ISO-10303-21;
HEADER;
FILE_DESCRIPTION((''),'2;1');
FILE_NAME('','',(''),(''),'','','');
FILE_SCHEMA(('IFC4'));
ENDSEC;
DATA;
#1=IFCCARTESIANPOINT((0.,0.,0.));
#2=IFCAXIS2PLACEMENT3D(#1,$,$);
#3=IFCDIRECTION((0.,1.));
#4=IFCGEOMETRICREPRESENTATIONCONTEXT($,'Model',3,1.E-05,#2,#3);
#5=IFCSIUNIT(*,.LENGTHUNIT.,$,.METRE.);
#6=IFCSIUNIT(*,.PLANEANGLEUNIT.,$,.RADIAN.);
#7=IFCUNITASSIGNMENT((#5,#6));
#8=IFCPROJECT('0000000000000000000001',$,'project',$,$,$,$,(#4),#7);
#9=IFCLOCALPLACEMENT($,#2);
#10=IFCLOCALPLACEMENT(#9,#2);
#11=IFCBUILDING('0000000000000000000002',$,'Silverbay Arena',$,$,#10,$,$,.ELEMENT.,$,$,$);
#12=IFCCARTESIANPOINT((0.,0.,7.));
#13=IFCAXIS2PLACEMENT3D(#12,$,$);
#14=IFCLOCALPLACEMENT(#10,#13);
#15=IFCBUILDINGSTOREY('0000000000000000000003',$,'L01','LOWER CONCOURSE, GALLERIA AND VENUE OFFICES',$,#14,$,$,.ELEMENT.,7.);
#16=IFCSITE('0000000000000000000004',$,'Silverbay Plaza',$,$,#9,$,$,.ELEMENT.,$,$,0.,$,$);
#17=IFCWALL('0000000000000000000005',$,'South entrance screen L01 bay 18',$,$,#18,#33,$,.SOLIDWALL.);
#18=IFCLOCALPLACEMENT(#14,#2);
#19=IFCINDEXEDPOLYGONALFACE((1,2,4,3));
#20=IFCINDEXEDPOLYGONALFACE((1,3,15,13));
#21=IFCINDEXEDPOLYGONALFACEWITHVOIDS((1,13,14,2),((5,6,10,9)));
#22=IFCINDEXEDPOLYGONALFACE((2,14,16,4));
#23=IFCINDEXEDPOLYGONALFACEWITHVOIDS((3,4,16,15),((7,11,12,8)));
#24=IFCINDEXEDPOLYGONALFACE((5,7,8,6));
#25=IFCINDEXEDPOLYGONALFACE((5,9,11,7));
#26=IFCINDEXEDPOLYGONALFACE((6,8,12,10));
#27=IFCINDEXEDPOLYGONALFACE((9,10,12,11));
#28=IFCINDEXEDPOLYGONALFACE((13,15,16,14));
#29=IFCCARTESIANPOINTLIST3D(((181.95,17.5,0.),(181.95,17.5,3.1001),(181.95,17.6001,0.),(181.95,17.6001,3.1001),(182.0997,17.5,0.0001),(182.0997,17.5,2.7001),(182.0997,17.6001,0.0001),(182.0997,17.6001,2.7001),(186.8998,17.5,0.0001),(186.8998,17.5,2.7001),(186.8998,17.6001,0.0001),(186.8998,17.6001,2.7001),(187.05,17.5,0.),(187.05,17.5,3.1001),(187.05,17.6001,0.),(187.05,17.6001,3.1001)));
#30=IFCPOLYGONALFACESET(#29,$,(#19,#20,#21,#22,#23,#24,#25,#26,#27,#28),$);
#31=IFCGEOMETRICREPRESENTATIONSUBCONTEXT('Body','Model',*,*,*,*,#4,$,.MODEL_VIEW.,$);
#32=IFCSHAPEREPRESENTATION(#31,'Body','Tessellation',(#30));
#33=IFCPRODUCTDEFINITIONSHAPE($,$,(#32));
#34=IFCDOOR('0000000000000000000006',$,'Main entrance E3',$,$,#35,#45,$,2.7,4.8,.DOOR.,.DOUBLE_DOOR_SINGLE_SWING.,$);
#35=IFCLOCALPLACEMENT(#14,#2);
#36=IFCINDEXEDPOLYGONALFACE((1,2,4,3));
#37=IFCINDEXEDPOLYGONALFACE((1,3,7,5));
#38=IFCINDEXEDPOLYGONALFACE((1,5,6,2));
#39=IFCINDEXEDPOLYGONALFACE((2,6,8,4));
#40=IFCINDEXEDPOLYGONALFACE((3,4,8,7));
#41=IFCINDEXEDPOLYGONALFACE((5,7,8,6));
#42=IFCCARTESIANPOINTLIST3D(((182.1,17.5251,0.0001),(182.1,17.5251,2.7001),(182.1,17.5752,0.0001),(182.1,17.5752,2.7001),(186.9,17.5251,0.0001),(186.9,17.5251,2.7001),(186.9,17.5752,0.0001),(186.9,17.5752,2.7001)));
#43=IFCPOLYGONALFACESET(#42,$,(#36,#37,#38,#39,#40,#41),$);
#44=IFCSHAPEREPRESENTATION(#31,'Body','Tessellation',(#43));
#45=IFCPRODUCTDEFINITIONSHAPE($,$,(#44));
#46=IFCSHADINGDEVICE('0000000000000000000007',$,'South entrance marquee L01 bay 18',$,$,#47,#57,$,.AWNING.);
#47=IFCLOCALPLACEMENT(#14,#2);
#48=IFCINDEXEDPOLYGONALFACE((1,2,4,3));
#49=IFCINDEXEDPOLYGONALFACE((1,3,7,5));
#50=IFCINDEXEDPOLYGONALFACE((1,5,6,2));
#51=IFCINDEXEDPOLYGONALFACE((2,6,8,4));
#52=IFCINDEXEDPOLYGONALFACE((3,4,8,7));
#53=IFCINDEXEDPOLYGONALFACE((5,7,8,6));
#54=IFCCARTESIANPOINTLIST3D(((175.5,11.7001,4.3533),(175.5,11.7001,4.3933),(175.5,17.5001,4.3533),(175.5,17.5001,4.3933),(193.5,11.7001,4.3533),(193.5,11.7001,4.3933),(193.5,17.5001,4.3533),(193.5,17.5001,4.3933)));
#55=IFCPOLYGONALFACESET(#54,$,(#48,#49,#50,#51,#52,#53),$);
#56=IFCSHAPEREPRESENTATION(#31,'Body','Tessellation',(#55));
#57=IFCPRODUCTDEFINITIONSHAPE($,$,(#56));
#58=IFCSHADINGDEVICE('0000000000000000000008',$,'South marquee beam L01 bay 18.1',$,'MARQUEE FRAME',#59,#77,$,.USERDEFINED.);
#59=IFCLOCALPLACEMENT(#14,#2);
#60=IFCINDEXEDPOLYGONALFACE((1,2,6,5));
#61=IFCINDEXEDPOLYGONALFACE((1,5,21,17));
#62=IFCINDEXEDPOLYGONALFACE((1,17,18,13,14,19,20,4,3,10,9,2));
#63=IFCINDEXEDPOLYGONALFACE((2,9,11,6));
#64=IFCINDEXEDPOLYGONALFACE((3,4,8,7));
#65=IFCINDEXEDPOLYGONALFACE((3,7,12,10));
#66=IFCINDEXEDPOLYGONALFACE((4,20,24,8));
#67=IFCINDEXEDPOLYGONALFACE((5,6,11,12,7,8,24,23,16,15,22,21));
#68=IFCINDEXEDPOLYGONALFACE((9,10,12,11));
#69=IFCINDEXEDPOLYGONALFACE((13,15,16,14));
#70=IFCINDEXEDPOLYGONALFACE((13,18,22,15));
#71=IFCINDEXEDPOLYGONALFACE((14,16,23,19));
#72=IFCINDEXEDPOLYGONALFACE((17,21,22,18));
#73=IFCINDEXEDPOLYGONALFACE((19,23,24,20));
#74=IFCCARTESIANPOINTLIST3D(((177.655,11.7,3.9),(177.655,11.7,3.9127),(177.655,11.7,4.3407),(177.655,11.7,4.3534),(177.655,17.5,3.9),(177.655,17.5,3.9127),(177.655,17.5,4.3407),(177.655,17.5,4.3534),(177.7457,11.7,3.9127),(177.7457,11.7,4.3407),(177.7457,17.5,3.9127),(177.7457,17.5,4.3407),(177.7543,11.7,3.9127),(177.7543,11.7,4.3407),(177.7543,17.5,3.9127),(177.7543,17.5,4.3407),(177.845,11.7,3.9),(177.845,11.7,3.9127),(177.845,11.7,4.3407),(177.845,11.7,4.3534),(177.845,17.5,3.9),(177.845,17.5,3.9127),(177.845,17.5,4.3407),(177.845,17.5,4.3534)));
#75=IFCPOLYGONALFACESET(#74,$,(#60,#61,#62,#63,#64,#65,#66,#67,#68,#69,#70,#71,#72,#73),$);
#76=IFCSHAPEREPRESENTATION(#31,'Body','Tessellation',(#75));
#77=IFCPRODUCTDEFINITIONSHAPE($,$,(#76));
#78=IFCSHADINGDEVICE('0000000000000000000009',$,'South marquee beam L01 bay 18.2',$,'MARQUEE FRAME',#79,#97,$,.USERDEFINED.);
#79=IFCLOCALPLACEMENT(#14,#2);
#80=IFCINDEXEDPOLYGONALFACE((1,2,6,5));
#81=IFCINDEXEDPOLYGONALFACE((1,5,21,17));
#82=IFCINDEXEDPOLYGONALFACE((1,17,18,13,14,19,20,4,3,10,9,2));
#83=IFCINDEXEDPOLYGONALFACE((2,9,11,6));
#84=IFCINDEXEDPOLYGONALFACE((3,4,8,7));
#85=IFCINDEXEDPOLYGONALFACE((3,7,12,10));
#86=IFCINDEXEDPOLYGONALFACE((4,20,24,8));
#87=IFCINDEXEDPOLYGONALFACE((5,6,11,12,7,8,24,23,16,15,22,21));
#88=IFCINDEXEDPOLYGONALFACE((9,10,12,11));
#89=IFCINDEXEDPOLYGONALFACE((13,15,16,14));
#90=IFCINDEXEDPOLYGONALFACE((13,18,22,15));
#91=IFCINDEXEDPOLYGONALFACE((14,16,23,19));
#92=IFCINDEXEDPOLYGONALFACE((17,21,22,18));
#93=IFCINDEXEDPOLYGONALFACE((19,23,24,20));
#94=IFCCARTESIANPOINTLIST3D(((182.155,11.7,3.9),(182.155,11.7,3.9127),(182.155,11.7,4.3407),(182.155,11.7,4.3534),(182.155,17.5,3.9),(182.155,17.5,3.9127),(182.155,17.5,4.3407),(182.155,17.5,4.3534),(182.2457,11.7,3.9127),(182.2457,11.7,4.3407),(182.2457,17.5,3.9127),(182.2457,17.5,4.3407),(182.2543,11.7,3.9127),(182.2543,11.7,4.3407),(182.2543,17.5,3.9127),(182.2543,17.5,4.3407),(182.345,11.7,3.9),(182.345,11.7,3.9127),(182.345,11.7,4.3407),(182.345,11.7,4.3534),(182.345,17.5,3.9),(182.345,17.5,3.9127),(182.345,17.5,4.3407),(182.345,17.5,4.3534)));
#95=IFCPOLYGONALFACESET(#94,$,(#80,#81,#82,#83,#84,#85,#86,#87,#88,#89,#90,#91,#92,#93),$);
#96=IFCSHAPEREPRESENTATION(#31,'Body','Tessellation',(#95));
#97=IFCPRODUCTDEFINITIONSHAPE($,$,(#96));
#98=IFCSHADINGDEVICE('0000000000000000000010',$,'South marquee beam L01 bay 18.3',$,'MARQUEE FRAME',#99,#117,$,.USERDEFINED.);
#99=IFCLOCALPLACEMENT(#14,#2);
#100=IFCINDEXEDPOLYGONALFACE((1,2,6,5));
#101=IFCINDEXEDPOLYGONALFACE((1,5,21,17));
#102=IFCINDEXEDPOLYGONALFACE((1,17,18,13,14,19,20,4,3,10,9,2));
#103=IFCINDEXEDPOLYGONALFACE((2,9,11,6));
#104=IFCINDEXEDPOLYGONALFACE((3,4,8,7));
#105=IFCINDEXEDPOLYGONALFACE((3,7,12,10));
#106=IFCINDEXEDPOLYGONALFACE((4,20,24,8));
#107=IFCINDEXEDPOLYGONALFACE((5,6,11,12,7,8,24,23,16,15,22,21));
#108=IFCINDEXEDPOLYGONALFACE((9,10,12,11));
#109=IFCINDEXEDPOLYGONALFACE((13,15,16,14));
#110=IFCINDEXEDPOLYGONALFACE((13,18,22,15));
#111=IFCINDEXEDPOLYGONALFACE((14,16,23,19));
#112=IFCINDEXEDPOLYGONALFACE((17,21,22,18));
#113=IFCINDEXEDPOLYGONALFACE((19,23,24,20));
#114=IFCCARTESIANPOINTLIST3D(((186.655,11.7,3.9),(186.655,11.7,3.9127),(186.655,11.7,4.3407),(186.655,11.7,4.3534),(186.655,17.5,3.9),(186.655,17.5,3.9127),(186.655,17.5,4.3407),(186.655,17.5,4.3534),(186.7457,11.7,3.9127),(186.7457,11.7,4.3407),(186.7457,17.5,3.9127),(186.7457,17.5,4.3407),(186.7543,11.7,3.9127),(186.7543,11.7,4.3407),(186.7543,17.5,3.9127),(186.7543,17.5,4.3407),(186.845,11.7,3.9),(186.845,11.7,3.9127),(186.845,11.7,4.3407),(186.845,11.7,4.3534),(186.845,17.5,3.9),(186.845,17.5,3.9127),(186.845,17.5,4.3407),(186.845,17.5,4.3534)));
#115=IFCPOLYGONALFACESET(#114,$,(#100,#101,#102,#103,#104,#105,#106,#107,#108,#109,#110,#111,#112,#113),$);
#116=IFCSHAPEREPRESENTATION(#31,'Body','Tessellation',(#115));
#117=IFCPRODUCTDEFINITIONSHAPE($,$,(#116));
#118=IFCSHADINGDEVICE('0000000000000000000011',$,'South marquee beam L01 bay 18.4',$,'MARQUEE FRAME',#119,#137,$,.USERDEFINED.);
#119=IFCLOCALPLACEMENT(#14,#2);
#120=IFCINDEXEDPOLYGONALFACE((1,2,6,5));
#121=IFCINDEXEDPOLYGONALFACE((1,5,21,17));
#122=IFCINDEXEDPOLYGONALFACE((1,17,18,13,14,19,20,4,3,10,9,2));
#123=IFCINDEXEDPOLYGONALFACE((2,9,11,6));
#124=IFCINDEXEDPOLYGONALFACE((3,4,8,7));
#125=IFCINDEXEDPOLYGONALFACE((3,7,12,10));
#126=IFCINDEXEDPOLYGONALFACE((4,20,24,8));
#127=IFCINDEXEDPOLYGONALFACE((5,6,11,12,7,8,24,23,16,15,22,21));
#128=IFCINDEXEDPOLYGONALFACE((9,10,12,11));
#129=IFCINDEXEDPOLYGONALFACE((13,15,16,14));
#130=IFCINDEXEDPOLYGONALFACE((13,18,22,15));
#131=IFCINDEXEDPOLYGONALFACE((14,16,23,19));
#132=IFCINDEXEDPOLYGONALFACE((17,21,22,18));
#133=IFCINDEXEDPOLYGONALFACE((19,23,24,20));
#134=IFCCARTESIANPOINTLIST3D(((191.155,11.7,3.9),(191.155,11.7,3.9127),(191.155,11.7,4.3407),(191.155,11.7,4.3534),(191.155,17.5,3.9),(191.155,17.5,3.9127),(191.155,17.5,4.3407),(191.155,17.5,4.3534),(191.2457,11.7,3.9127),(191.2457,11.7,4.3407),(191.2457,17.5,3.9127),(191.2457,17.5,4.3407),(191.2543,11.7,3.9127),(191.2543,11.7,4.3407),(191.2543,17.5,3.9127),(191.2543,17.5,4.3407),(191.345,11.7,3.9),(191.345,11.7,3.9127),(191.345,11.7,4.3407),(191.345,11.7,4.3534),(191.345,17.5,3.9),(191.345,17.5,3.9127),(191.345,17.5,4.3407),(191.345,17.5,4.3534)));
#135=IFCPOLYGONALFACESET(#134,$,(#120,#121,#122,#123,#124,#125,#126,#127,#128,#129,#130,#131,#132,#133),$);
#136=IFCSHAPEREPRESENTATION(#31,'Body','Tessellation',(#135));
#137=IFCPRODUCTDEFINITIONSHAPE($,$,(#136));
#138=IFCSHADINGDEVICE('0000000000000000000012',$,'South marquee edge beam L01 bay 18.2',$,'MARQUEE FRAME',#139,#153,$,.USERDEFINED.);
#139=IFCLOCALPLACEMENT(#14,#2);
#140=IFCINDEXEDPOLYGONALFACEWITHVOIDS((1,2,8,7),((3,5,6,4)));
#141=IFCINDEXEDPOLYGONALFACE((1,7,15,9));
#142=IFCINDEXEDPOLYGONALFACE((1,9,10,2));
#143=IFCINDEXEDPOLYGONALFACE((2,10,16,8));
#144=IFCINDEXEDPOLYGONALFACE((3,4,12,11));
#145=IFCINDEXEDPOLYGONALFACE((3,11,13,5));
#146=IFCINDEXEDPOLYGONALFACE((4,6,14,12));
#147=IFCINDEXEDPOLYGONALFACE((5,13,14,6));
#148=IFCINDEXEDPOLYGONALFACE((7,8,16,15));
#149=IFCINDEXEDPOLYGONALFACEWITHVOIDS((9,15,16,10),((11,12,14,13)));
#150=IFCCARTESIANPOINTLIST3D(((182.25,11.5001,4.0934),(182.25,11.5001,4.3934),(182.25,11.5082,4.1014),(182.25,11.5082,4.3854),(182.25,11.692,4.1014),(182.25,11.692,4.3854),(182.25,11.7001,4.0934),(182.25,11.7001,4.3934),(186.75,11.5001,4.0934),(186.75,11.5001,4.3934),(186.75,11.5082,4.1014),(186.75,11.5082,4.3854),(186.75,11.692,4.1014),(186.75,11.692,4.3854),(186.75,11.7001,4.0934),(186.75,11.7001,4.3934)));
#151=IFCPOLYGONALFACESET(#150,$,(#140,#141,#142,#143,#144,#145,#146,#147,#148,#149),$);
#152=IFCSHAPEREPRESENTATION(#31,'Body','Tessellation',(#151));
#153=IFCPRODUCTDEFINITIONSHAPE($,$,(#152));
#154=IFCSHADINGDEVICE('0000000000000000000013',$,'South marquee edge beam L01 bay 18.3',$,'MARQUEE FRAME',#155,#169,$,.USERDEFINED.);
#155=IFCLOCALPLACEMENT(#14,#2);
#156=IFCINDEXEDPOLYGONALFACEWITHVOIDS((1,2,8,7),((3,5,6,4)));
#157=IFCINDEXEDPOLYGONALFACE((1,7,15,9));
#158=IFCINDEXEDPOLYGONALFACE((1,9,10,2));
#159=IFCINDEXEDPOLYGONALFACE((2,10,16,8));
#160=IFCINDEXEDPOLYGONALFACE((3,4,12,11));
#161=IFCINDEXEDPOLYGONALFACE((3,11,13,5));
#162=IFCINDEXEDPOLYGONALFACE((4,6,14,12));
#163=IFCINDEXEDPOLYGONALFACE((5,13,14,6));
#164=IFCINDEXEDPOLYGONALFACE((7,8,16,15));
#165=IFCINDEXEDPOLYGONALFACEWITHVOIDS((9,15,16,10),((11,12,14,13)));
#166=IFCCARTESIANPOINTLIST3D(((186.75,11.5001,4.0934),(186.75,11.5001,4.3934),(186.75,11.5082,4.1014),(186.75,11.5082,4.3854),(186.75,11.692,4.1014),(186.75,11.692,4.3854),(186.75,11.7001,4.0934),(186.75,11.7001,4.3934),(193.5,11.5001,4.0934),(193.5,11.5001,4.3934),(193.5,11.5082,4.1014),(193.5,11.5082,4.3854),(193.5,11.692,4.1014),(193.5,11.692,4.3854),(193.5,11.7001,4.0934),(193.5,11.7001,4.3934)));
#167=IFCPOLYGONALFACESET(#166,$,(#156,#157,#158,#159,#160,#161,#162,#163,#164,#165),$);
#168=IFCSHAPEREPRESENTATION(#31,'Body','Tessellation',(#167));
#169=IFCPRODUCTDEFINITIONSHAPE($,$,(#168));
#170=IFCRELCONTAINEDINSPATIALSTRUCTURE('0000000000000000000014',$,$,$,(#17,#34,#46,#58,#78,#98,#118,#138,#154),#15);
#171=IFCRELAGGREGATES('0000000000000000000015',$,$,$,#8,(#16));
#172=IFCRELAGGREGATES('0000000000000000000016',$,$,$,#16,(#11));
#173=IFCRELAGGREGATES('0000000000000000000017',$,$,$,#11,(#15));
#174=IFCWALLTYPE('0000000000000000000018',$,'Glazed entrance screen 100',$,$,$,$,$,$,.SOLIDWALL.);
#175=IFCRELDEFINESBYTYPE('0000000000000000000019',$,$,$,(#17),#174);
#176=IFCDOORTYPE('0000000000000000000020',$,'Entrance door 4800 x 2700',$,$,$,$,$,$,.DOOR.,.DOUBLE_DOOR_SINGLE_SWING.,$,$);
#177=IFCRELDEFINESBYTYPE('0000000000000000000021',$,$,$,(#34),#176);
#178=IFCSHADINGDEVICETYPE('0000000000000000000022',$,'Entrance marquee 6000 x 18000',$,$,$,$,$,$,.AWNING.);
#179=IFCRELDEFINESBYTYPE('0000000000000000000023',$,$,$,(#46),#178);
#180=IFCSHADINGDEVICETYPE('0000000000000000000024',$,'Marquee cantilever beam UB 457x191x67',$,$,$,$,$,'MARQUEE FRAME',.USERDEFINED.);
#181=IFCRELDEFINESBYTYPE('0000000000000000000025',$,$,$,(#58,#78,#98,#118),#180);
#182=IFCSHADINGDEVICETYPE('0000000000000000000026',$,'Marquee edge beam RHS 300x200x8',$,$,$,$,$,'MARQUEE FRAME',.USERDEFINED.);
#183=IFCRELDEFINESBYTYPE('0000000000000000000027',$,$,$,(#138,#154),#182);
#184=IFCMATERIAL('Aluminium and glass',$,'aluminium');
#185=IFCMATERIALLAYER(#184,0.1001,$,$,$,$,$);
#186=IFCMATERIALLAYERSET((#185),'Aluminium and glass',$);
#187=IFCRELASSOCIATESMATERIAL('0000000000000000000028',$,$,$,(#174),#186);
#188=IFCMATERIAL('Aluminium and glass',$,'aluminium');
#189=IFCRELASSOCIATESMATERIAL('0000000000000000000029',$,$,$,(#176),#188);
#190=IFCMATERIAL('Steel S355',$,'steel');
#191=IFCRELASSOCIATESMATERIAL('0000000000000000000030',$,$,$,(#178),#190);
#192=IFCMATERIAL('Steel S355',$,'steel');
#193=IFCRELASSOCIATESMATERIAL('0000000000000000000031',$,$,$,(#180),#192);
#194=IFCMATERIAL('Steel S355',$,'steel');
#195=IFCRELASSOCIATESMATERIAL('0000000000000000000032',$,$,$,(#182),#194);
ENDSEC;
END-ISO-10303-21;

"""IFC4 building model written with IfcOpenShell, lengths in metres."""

from ifc_helpers import new_model, si_unit, direction, frame, frame_2d, origin, origin_2d, place, context, subcontext, project, spatial, rectangle, hollow_rectangle, i_section, extrude, material, layer, layer_set, material_profile, profile_set, type_object, element, fill, save


model = new_model("IFC4")

# Units and contexts
model_context = context("Model", 3, precision=1e-05, world=origin(), true_north=direction((0.0, 1.0)))
body_context = subcontext(model_context, "Body", "Model", "MODEL_VIEW")
ifc_project = project(units=[si_unit("LENGTHUNIT", "METRE"), si_unit("PLANEANGLEUNIT", "RADIAN")], contexts=[model_context])

# Site, building, storey
site_placement = place(None, origin())
site = spatial("IfcSite", under=ifc_project, at=site_placement, Name="Silverbay Plaza", CompositionType="ELEMENT", RefElevation=0.0)
building_placement = place(site_placement, origin())
building = spatial("IfcBuilding", under=site, at=building_placement, Name="Silverbay Arena", CompositionType="ELEMENT")
storey_placement = place(building_placement, frame((0.0, 0.0, 7.0)))
storey = spatial("IfcBuildingStorey", under=building, at=storey_placement, Name="L01", Description="LOWER CONCOURSE, GALLERIA AND VENUE OFFICES", CompositionType="ELEMENT", Elevation=7.0)

# Wall, opening, door
ifc_material_1 = material(Name="Aluminium and glass", Category="aluminium")
ifc_layer_1 = layer(ifc_material_1, 0.1001)
ifc_layer_set_1 = layer_set([ifc_layer_1], Name="Aluminium and glass")
wall_type = type_object("IfcWallType", Name="Glazed entrance screen 100", PredefinedType="SOLIDWALL", material=ifc_layer_set_1)
wall_placement = place(storey_placement, frame((181.95, 17.55, 0.0), z_axis=(0.0, 0.0, 1.0), x_axis=(1.0, 0.0, 0.0)))
wall = element("IfcWall", 1, at=wall_placement, inside=storey, type_object=wall_type, Name="South entrance screen L01 bay 18", PredefinedType="SOLIDWALL", context=body_context, shape_type="SweptSolid", body=[
    extrude(rectangle(XDim=5.1001, YDim=0.1001, at=frame_2d((2.55, 0.0))), origin(), (0.0, 0.0, 1.0), 3.1001),
])
opening_placement = place(wall_placement, frame((0.1499, 0.0, 0.0)))
opening = element("IfcOpeningElement", 2, at=opening_placement, cuts=wall, PredefinedType="OPENING", context=body_context, shape_type="SweptSolid", body=[
    extrude(rectangle(XDim=4.8, YDim=2.7, at=frame_2d((2.3999, 1.3501))), frame((0.0, 0.0601, 0.0), z_axis=(0.0, -1.0, 0.0), x_axis=(1.0, 0.0, 0.0)), (0.0, 0.0, 1.0), 0.1201),
])
ifc_material_2 = material(Name="Aluminium and glass", Category="aluminium")
door_type = type_object("IfcDoorType", Name="Entrance door 4800 x 2700", OperationType="DOUBLE_DOOR_SINGLE_SWING", PredefinedType="DOOR", material=ifc_material_2)
door_placement = place(opening_placement, frame((4.8, 0.0, 0.0), z_axis=(0.0, 0.0, 1.0), x_axis=(-1.0, 0.0, 0.0)))
door = element("IfcDoor", 3, at=door_placement, inside=storey, type_object=door_type, Name="Main entrance E3", OperationType="DOUBLE_DOOR_SINGLE_SWING", OverallHeight=2.7, OverallWidth=4.8, PredefinedType="DOOR", context=body_context, shape_type="SweptSolid", body=[
    extrude(rectangle(XDim=4.8, YDim=2.7, at=frame_2d((2.3999, 1.3501))), frame((0.0, 0.0249, 0.0), z_axis=(0.0, -1.0, 0.0), x_axis=(1.0, 0.0, 0.0)), (0.0, 0.0, 1.0), 0.05),
])
fill(opening, door)

# Shading devices
ifc_material_3 = material(Name="Steel S355", Category="steel")
shading_device_type_1 = type_object("IfcShadingDeviceType", Name="Entrance marquee 6000 x 18000", PredefinedType="AWNING", material=ifc_material_3)
shading_device_1_placement = place(storey_placement, frame((184.5, 14.6001, 4.3533), z_axis=(0.0, 0.0, 1.0), x_axis=(1.0, 0.0, 0.0)))
element("IfcShadingDevice", 4, at=shading_device_1_placement, inside=storey, type_object=shading_device_type_1, Name="South entrance marquee L01 bay 18", PredefinedType="AWNING", context=body_context, shape_type="SweptSolid", body=[
    extrude(rectangle(XDim=18.0, YDim=5.8, at=origin_2d()), origin(), (0.0, 0.0, 1.0), 0.04),
])
ifc_material_4 = material(Name="Steel S355", Category="steel")
ifc_material_profile_1 = material_profile(ifc_material_4, i_section(OverallWidth=0.1899, OverallDepth=0.4534, WebThickness=0.0085, FlangeThickness=0.0127, at=origin_2d()), Name="UB 457x191x67")
ifc_profile_set_1 = profile_set([ifc_material_profile_1], Name="Steel S355")
shading_device_type_2 = type_object("IfcShadingDeviceType", Name="Marquee cantilever beam UB 457x191x67", ElementType="MARQUEE FRAME", PredefinedType="USERDEFINED", material=ifc_profile_set_1)
for number, where, z_axis, x_axis, name in (
    (5, (177.75, 17.5, 4.1267), (0.0, -1.0, 0.0), (1.0, 0.0, 0.0), "South marquee beam L01 bay 18.1"),
    (6, (182.25, 17.5, 4.1267), (0.0, -1.0, 0.0), (1.0, 0.0, 0.0), "South marquee beam L01 bay 18.2"),
    (7, (186.75, 17.5, 4.1267), (0.0, -1.0, 0.0), (1.0, 0.0, 0.0), "South marquee beam L01 bay 18.3"),
    (8, (191.25, 17.5, 4.1267), (0.0, -1.0, 0.0), (1.0, 0.0, 0.0), "South marquee beam L01 bay 18.4"),
):
    element("IfcShadingDevice", number, at=place(storey_placement, frame(where, z_axis=z_axis, x_axis=x_axis)), inside=storey, type_object=shading_device_type_2, Name=name, ObjectType="MARQUEE FRAME", PredefinedType="USERDEFINED", context=body_context, shape_type="SweptSolid", body=[
        extrude(i_section(OverallWidth=0.1899, OverallDepth=0.4534, WebThickness=0.0085, FlangeThickness=0.0127, at=origin_2d()), origin(), (0.0, 0.0, 1.0), 5.8),
    ])
ifc_material_5 = material(Name="Steel S355", Category="steel")
ifc_material_profile_2 = material_profile(ifc_material_5, hollow_rectangle(XDim=0.2, YDim=0.3, WallThickness=0.0081, at=origin_2d()), Name="RHS 300x200x8")
ifc_profile_set_2 = profile_set([ifc_material_profile_2], Name="Steel S355")
shading_device_type_3 = type_object("IfcShadingDeviceType", Name="Marquee edge beam RHS 300x200x8", ElementType="MARQUEE FRAME", PredefinedType="USERDEFINED", material=ifc_profile_set_2)
shading_device_2_placement = place(storey_placement, frame((182.25, 11.6001, 4.2434), z_axis=(1.0, 0.0, 0.0), x_axis=(0.0, 1.0, 0.0)))
element("IfcShadingDevice", 9, at=shading_device_2_placement, inside=storey, type_object=shading_device_type_3, Name="South marquee edge beam L01 bay 18.2", ObjectType="MARQUEE FRAME", PredefinedType="USERDEFINED", context=body_context, shape_type="SweptSolid", body=[
    extrude(hollow_rectangle(XDim=0.2, YDim=0.3, WallThickness=0.0081, at=origin_2d()), origin(), (0.0, 0.0, 1.0), 4.5),
])
shading_device_3_placement = place(storey_placement, frame((186.75, 11.6001, 4.2434), z_axis=(1.0, 0.0, 0.0), x_axis=(0.0, 1.0, 0.0)))
element("IfcShadingDevice", 10, at=shading_device_3_placement, inside=storey, type_object=shading_device_type_3, Name="South marquee edge beam L01 bay 18.3", ObjectType="MARQUEE FRAME", PredefinedType="USERDEFINED", context=body_context, shape_type="SweptSolid", body=[
    extrude(hollow_rectangle(XDim=0.2, YDim=0.3, WallThickness=0.0081, at=origin_2d()), origin(), (0.0, 0.0, 1.0), 6.75),
])

save(model, "model.ifc")
